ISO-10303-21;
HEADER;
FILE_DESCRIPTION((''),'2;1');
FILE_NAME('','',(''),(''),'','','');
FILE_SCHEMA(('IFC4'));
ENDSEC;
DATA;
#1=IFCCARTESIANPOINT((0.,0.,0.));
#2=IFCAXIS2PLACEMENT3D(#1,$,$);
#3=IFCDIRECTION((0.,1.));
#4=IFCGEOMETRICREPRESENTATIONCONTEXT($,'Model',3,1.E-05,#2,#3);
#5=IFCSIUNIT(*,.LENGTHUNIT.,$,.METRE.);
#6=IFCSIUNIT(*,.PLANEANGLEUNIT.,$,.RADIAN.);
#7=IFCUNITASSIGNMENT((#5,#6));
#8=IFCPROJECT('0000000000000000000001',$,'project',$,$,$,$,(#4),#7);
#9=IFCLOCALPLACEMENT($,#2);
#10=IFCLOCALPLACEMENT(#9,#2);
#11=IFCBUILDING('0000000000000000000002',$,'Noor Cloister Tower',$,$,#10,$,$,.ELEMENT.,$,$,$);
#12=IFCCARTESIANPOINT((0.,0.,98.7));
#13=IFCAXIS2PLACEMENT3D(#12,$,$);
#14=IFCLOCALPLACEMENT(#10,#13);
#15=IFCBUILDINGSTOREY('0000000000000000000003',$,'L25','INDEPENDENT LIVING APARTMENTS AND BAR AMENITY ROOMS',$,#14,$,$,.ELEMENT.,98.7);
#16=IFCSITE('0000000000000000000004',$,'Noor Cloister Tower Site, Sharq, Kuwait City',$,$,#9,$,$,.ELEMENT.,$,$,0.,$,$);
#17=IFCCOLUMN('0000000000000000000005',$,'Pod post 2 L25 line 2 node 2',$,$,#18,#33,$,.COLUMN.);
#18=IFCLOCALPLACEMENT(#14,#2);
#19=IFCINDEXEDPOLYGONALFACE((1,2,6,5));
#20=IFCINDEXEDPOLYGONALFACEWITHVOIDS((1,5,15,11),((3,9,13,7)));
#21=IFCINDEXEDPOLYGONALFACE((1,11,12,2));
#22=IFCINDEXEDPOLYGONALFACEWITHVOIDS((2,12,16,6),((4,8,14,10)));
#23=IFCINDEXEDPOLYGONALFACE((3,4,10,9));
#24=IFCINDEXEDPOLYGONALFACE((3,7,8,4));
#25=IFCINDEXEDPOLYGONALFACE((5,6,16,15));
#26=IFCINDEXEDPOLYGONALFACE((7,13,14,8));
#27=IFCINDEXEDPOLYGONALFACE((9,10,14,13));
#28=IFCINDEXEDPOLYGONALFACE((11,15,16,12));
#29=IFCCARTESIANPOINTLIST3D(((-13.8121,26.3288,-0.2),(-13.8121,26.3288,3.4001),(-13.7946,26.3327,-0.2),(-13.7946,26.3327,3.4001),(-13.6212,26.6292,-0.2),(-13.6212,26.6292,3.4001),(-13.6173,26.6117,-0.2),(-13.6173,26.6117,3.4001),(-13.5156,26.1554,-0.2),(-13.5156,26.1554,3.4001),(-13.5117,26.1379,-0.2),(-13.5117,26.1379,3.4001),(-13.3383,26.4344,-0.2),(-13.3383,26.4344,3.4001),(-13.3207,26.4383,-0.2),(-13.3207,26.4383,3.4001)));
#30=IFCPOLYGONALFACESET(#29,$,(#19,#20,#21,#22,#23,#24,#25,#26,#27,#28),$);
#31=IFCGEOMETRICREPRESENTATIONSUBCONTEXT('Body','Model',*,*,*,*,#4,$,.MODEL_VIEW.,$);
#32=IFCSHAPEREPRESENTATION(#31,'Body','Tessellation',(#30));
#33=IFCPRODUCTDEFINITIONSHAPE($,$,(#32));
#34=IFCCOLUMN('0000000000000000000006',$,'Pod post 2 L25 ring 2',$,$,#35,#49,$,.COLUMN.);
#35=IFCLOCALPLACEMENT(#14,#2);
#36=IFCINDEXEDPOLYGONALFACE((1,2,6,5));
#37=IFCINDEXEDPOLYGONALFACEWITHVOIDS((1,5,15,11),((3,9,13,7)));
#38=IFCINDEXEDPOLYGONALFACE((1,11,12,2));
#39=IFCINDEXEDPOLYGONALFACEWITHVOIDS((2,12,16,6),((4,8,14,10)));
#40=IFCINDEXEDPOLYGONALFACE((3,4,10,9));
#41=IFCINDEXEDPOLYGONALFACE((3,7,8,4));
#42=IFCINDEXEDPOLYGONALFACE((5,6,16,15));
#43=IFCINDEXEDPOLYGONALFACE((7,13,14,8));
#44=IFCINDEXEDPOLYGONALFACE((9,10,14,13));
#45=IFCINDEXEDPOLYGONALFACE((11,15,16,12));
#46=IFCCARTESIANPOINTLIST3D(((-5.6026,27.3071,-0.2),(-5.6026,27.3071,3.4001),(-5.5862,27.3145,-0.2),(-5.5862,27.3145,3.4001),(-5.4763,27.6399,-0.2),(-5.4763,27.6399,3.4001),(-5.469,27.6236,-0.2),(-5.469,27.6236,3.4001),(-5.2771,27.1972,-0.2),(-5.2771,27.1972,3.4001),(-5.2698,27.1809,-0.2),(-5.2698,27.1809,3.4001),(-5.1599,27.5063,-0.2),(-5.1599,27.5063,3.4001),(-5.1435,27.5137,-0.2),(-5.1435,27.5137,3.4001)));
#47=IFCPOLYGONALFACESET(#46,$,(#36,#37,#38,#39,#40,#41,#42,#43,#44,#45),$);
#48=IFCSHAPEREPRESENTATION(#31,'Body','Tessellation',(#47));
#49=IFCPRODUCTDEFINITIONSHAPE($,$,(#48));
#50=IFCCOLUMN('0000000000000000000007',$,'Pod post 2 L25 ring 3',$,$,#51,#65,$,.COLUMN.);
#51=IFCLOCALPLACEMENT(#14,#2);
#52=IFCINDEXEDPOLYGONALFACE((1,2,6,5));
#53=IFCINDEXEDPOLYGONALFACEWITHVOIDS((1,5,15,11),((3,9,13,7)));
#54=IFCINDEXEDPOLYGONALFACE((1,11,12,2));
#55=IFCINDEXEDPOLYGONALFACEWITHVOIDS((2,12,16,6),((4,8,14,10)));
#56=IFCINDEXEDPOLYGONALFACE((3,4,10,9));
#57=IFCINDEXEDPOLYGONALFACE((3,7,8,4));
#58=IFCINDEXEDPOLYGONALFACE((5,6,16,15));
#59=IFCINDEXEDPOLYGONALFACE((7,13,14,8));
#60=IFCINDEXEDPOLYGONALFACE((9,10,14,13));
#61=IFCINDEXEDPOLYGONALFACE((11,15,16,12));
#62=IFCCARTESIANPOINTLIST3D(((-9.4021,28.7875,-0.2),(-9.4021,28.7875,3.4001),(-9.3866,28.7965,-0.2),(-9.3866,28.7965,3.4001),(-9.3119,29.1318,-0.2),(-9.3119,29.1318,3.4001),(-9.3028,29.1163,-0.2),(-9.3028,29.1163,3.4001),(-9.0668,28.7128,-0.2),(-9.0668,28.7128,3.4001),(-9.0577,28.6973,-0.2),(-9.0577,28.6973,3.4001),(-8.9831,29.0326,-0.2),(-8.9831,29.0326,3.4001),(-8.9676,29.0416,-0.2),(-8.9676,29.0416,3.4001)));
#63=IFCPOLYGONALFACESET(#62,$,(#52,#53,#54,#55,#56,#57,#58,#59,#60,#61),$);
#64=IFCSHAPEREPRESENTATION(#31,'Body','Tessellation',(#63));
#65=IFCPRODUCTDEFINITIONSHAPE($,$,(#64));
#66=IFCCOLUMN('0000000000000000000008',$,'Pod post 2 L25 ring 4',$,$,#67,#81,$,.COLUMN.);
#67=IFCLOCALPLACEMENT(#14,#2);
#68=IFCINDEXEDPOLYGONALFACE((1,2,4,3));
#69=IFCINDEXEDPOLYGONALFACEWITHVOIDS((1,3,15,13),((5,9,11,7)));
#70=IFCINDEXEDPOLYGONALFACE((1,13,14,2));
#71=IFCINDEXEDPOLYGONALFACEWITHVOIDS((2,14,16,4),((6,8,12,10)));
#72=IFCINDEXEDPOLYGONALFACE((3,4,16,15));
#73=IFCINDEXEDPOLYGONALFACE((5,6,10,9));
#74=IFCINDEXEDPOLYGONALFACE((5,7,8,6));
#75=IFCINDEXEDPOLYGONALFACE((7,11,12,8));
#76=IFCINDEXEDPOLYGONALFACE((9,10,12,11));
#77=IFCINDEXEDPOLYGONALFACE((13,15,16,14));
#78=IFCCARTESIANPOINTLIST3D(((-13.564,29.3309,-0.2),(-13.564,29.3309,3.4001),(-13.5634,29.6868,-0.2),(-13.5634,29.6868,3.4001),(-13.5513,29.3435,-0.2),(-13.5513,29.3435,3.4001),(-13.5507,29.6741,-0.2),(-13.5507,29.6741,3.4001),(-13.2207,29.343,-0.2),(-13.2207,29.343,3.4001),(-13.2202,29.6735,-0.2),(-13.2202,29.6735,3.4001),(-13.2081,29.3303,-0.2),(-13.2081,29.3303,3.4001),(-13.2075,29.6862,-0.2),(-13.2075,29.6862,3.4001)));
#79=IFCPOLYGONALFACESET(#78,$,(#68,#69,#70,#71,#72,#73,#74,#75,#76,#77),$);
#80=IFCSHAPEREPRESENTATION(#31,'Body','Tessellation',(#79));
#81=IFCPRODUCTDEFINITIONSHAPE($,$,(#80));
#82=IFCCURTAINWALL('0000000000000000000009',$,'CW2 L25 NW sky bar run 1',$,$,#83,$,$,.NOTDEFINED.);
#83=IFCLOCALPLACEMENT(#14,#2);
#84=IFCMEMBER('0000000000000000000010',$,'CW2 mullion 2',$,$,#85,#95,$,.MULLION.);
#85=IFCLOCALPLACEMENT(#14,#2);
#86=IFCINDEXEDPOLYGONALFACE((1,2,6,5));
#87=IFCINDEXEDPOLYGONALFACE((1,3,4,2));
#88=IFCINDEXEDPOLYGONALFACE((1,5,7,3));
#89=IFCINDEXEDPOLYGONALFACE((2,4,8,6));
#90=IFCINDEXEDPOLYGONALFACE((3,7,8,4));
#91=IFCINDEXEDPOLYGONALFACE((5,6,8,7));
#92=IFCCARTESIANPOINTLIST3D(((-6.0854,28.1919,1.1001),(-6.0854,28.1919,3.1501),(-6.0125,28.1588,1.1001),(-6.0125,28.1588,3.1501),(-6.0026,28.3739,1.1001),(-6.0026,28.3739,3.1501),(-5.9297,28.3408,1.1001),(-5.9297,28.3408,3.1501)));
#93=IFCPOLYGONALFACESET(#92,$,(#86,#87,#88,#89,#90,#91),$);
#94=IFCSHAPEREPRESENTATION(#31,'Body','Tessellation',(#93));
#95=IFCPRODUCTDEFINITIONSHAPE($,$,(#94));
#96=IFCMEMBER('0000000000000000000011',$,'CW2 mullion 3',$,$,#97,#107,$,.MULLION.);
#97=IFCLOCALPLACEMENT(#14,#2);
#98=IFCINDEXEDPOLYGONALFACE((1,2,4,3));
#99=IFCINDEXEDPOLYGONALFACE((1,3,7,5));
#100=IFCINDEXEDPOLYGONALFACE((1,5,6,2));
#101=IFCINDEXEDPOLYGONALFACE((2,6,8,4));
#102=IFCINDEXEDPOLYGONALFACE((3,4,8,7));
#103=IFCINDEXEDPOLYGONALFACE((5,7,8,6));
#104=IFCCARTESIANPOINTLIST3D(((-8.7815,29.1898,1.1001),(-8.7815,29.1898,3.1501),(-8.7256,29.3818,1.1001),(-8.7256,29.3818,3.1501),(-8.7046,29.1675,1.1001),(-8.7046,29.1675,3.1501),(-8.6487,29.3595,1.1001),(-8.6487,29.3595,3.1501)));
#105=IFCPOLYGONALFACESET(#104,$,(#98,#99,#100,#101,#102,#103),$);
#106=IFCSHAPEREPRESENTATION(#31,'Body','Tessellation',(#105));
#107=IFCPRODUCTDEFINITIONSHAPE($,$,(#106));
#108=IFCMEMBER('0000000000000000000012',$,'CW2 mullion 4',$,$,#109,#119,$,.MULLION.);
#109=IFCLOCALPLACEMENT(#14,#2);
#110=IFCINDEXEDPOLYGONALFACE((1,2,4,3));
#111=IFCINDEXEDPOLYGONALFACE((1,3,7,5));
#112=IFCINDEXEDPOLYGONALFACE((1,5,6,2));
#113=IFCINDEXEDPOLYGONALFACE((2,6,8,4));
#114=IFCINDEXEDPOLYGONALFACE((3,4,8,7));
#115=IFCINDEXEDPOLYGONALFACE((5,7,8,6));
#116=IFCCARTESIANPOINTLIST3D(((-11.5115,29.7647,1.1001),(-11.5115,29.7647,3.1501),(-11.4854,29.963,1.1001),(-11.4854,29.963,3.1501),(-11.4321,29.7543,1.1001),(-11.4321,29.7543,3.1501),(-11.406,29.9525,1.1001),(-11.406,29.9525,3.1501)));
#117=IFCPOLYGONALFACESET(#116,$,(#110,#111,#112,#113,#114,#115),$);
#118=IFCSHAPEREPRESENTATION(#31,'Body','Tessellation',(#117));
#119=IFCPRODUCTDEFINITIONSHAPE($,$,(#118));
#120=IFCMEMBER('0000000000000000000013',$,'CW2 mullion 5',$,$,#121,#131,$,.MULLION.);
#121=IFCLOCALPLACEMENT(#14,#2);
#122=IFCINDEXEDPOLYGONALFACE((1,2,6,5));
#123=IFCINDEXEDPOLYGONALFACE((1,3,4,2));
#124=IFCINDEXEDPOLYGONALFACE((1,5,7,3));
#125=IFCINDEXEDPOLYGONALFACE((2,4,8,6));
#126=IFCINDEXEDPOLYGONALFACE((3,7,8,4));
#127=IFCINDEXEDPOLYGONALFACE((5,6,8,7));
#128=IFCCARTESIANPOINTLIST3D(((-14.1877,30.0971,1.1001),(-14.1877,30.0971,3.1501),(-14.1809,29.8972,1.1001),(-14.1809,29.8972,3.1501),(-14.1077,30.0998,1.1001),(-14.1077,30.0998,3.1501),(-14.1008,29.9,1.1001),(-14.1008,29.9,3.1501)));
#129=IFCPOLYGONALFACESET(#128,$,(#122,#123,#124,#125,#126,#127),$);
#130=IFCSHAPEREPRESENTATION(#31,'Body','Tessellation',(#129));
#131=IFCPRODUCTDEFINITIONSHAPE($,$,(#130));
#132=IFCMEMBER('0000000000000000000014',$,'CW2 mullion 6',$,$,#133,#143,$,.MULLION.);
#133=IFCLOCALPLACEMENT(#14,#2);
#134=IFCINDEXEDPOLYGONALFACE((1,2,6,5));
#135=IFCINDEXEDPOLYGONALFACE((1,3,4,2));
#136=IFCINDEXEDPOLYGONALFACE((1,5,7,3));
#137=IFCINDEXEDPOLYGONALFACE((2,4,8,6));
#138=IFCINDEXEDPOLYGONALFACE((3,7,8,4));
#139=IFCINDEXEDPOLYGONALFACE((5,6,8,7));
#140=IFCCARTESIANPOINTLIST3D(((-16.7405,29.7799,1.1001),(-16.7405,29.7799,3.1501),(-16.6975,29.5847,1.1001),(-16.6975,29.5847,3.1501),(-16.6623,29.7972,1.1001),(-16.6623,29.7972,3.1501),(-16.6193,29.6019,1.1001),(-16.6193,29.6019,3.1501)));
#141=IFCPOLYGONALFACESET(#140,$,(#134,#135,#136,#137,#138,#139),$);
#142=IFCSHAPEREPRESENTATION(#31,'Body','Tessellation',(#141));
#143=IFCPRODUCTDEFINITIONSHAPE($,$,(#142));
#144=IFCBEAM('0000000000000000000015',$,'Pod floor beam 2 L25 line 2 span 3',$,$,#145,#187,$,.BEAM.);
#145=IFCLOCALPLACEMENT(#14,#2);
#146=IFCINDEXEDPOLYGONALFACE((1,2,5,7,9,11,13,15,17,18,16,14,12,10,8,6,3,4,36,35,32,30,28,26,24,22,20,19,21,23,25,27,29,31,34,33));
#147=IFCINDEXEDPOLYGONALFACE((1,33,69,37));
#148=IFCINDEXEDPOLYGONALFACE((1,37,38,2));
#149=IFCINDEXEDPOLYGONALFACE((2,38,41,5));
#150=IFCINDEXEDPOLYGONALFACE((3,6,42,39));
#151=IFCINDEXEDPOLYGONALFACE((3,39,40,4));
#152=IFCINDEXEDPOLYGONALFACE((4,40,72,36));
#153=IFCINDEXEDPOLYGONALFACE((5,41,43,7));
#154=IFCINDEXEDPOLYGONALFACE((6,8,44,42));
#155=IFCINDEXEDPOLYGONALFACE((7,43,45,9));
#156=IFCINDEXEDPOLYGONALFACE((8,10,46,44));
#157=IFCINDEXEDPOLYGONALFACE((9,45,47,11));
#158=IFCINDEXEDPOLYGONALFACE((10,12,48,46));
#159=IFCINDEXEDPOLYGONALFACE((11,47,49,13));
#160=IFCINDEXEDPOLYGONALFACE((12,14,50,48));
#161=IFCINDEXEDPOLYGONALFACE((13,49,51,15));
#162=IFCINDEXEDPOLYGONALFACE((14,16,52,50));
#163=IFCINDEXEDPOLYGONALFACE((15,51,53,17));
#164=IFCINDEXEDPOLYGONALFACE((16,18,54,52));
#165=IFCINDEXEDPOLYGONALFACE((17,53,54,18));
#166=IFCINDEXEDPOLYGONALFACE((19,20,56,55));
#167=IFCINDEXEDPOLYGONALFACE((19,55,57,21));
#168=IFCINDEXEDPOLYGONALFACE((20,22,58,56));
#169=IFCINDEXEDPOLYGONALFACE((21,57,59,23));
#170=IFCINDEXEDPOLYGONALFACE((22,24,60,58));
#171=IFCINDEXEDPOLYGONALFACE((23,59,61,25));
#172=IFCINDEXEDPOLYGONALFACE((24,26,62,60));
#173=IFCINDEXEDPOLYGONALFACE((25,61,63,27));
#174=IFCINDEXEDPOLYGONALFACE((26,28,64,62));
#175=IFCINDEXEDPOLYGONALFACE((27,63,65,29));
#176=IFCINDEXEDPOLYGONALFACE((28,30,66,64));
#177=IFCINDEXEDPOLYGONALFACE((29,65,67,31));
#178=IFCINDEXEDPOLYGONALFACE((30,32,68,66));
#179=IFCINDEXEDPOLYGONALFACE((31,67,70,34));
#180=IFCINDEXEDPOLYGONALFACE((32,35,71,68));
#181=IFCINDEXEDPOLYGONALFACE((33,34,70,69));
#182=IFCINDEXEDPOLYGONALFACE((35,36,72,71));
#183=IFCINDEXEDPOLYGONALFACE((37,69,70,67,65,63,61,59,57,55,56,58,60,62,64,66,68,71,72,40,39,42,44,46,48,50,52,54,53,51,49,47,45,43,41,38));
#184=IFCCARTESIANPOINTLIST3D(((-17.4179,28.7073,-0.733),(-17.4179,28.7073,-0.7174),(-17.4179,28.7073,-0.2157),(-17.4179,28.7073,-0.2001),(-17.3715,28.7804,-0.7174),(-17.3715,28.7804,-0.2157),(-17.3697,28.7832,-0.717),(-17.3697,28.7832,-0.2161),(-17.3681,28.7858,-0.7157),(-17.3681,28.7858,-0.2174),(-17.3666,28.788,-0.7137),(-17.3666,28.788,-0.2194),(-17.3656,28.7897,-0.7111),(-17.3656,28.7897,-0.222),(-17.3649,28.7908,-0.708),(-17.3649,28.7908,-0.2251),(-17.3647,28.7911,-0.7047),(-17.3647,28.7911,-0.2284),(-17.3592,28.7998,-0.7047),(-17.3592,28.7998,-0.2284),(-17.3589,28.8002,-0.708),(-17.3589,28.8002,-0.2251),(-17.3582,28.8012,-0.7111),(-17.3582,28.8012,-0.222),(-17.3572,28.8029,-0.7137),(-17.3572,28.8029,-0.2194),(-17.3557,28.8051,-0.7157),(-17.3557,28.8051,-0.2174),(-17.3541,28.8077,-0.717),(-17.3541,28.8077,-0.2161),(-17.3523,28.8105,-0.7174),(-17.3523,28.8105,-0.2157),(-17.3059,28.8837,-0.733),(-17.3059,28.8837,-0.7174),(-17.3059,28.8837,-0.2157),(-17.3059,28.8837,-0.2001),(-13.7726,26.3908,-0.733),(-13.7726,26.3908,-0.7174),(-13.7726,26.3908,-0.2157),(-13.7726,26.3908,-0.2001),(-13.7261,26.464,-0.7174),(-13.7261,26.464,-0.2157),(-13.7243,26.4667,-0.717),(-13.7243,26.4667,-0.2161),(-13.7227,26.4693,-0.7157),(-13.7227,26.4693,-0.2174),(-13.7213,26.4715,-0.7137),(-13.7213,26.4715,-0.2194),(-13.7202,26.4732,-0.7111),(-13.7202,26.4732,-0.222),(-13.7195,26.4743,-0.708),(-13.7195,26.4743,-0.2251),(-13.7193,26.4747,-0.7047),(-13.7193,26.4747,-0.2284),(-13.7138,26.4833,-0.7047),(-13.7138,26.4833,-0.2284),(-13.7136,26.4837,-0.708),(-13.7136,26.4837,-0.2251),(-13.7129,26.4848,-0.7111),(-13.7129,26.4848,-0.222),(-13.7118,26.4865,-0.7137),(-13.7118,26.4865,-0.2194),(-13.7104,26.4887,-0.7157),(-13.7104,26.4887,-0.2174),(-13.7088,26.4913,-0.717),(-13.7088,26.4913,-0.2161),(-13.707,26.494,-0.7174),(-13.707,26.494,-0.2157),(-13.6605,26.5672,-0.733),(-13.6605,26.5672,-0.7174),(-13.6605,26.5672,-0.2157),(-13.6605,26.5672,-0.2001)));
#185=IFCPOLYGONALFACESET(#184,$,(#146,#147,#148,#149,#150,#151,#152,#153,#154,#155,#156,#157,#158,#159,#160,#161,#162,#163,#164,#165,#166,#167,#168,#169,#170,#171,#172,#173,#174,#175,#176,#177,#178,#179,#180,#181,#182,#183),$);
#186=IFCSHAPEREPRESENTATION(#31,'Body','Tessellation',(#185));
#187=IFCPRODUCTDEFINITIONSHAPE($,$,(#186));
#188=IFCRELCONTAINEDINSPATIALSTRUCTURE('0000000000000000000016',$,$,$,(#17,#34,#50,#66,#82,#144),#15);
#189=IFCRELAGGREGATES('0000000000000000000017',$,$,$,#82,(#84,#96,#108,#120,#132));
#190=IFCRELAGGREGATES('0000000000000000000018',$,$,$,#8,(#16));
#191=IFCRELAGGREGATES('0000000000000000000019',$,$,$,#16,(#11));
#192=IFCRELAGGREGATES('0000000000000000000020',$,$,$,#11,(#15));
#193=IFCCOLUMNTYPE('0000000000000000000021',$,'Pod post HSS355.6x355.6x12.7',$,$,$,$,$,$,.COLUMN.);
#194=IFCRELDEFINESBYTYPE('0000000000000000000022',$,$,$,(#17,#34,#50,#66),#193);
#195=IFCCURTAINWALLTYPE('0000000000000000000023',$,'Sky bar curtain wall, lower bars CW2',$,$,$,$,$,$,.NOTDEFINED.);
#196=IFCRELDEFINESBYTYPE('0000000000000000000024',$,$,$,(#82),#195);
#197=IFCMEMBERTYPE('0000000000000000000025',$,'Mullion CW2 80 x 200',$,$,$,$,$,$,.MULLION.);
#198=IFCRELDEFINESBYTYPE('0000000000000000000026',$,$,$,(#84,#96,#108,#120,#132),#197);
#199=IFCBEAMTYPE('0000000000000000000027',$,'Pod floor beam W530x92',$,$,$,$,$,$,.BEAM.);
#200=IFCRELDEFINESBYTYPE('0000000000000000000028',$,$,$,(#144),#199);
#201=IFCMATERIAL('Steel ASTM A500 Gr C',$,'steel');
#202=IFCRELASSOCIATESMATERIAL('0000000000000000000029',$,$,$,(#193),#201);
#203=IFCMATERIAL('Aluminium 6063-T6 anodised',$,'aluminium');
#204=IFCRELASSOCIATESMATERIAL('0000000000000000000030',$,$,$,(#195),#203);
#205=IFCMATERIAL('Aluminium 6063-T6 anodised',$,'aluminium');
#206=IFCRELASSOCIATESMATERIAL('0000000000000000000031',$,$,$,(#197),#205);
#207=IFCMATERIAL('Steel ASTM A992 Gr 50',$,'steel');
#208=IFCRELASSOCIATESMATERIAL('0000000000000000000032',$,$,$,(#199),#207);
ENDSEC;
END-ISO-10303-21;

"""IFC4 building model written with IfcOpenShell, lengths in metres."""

from ifc_helpers import new_model, si_unit, direction, frame, origin, origin_2d, place, context, subcontext, project, spatial, rectangle, hollow_rectangle, i_section, extrude, material, material_profile, profile_set, type_object, element, aggregate, save


model = new_model("IFC4")

# Units and contexts
model_context = context("Model", 3, precision=1e-05, world=origin(), true_north=direction((0.0, 1.0)))
body_context = subcontext(model_context, "Body", "Model", "MODEL_VIEW")
ifc_project = project(units=[si_unit("LENGTHUNIT", "METRE"), si_unit("PLANEANGLEUNIT", "RADIAN")], contexts=[model_context])

# Site, building, storey
site_placement = place(None, origin())
site = spatial("IfcSite", under=ifc_project, at=site_placement, Name="Noor Cloister Tower Site, Sharq, Kuwait City", CompositionType="ELEMENT", RefElevation=0.0)
building_placement = place(site_placement, origin())
building = spatial("IfcBuilding", under=site, at=building_placement, Name="Noor Cloister Tower", CompositionType="ELEMENT")
storey_placement = place(building_placement, frame((0.0, 0.0, 98.7)))
storey = spatial("IfcBuildingStorey", under=building, at=storey_placement, Name="L25", Description="INDEPENDENT LIVING APARTMENTS AND BAR AMENITY ROOMS", CompositionType="ELEMENT", Elevation=98.7)

# Columns
ifc_material_1 = material(Name="Steel ASTM A500 Gr C", Category="steel")
ifc_material_profile_1 = material_profile(ifc_material_1, hollow_rectangle(XDim=0.356, YDim=0.356, WallThickness=0.0127, at=origin_2d()), Name="HSS355.6x355.6x12.7")
ifc_profile_set_1 = profile_set([ifc_material_profile_1], Name="Steel ASTM A500 Gr C")
column_type = type_object("IfcColumnType", Name="Pod post HSS355.6x355.6x12.7", PredefinedType="COLUMN", material=ifc_profile_set_1)
for number, where, z_axis, x_axis, name in (
    (1, (-13.5664, 26.3835, -0.2), (0.0, 0.0, 1.0), (-0.843996, 0.53635, 0.0), "Pod post 2 L25 line 2 node 2"),
    (2, (-5.373, 27.4104, -0.2), (0.0, 0.0, 1.0), (-0.934997, 0.354654, 0.0), "Pod post 2 L25 ring 2"),
    (3, (-9.1848, 28.9146, -0.2), (0.0, 0.0, 1.0), (-0.967384, 0.253314, 0.0), "Pod post 2 L25 ring 3"),
    (4, (-13.3857, 29.5085, -0.2), (0.0, 0.0, 1.0), (-0.999998, 0.001737, 0.0), "Pod post 2 L25 ring 4"),
):
    element("IfcColumn", number, at=place(storey_placement, frame(where, z_axis=z_axis, x_axis=x_axis)), inside=storey, type_object=column_type, Name=name, PredefinedType="COLUMN", context=body_context, shape_type="SweptSolid", body=[
        extrude(hollow_rectangle(XDim=0.356, YDim=0.356, WallThickness=0.0127, at=origin_2d()), origin(), (0.0, 0.0, 1.0), 3.6001),
    ])

# Curtain wall, members
ifc_material_2 = material(Name="Aluminium 6063-T6 anodised", Category="aluminium")
curtain_wall_type = type_object("IfcCurtainWallType", Name="Sky bar curtain wall, lower bars CW2", PredefinedType="NOTDEFINED", material=ifc_material_2)
curtain_wall_placement = place(storey_placement, origin())
curtain_wall = element("IfcCurtainWall", 5, at=curtain_wall_placement, inside=storey, type_object=curtain_wall_type, Name="CW2 L25 NW sky bar run 1", PredefinedType="NOTDEFINED")
ifc_material_3 = material(Name="Aluminium 6063-T6 anodised", Category="aluminium")
ifc_material_profile_2 = material_profile(ifc_material_3, rectangle(XDim=0.2, YDim=0.0801, at=origin_2d()), Name="200 x 80 mullion")
ifc_profile_set_2 = profile_set([ifc_material_profile_2], Name="Aluminium 6063-T6 anodised")
member_type = type_object("IfcMemberType", Name="Mullion CW2 80 x 200", PredefinedType="MULLION", material=ifc_profile_set_2)
member_1_placement = place(storey_placement, frame((-6.0076, 28.2664, 1.1001), z_axis=(0.0, 0.0, 1.0), x_axis=(-0.413885, -0.910329, 0.0)))
member_1 = element("IfcMember", 6, at=member_1_placement, type_object=member_type, Name="CW2 mullion 2", PredefinedType="MULLION", context=body_context, shape_type="SweptSolid", body=[
    extrude(rectangle(XDim=0.2, YDim=0.0801, at=origin_2d()), origin(), (0.0, 0.0, 1.0), 2.05),
])
member_2_placement = place(storey_placement, frame((-8.7151, 29.2747, 1.1001), z_axis=(0.0, 0.0, 1.0), x_axis=(-0.279338, -0.960193, 0.0)))
member_2 = element("IfcMember", 7, at=member_2_placement, type_object=member_type, Name="CW2 mullion 3", PredefinedType="MULLION", context=body_context, shape_type="SweptSolid", body=[
    extrude(rectangle(XDim=0.2, YDim=0.0801, at=origin_2d()), origin(), (0.0, 0.0, 1.0), 2.05),
])
member_3_placement = place(storey_placement, frame((-11.4587, 29.8586, 1.1001), z_axis=(0.0, 0.0, 1.0), x_axis=(-0.130537, -0.991443, 0.0)))
member_3 = element("IfcMember", 8, at=member_3_placement, type_object=member_type, Name="CW2 mullion 4", PredefinedType="MULLION", context=body_context, shape_type="SweptSolid", body=[
    extrude(rectangle(XDim=0.2, YDim=0.0801, at=origin_2d()), origin(), (0.0, 0.0, 1.0), 2.05),
])
member_4_placement = place(storey_placement, frame((-14.1443, 29.9985, 1.1001), z_axis=(0.0, 0.0, 1.0), x_axis=(0.034339, -0.99941, 0.0)))
member_4 = element("IfcMember", 9, at=member_4_placement, type_object=member_type, Name="CW2 mullion 5", PredefinedType="MULLION", context=body_context, shape_type="SweptSolid", body=[
    extrude(rectangle(XDim=0.2, YDim=0.0801, at=origin_2d()), origin(), (0.0, 0.0, 1.0), 2.05),
])
member_5_placement = place(storey_placement, frame((-16.6799, 29.6909, 1.1001), z_axis=(0.0, 0.0, 1.0), x_axis=(0.215218, -0.976566, 0.0)))
member_5 = element("IfcMember", 10, at=member_5_placement, type_object=member_type, Name="CW2 mullion 6", PredefinedType="MULLION", context=body_context, shape_type="SweptSolid", body=[
    extrude(rectangle(XDim=0.2, YDim=0.0801, at=origin_2d()), origin(), (0.0, 0.0, 1.0), 2.05),
])

# Beam
ifc_material_4 = material(Name="Steel ASTM A992 Gr 50", Category="steel")
ifc_material_profile_3 = material_profile(ifc_material_4, i_section(OverallWidth=0.209, OverallDepth=0.533, WebThickness=0.0103, FlangeThickness=0.0156, FilletRadius=0.0127, at=origin_2d()), Name="W530x92")
ifc_profile_set_3 = profile_set([ifc_material_profile_3], Name="Steel ASTM A992 Gr 50")
beam_type = type_object("IfcBeamType", Name="Pod floor beam W530x92", PredefinedType="BEAM", material=ifc_profile_set_3)
beam_1_placement = place(storey_placement, frame((-13.7166, 26.479, -0.4666), z_axis=(-0.844008, 0.53633, 0.0), x_axis=(-0.53633, -0.844008, 0.0)))
element("IfcBeam", 11, at=beam_1_placement, inside=storey, type_object=beam_type, Name="Pod floor beam 2 L25 line 2 span 3", PredefinedType="BEAM", context=body_context, shape_type="SweptSolid", body=[
    extrude(i_section(OverallWidth=0.209, OverallDepth=0.533, WebThickness=0.0103, FlangeThickness=0.0156, FilletRadius=0.0127, at=origin_2d()), origin(), (0.0, 0.0, 1.0), 4.3191),
])

aggregate(curtain_wall, [member_1, member_2, member_3, member_4, member_5])

save(model, "model.ifc")
